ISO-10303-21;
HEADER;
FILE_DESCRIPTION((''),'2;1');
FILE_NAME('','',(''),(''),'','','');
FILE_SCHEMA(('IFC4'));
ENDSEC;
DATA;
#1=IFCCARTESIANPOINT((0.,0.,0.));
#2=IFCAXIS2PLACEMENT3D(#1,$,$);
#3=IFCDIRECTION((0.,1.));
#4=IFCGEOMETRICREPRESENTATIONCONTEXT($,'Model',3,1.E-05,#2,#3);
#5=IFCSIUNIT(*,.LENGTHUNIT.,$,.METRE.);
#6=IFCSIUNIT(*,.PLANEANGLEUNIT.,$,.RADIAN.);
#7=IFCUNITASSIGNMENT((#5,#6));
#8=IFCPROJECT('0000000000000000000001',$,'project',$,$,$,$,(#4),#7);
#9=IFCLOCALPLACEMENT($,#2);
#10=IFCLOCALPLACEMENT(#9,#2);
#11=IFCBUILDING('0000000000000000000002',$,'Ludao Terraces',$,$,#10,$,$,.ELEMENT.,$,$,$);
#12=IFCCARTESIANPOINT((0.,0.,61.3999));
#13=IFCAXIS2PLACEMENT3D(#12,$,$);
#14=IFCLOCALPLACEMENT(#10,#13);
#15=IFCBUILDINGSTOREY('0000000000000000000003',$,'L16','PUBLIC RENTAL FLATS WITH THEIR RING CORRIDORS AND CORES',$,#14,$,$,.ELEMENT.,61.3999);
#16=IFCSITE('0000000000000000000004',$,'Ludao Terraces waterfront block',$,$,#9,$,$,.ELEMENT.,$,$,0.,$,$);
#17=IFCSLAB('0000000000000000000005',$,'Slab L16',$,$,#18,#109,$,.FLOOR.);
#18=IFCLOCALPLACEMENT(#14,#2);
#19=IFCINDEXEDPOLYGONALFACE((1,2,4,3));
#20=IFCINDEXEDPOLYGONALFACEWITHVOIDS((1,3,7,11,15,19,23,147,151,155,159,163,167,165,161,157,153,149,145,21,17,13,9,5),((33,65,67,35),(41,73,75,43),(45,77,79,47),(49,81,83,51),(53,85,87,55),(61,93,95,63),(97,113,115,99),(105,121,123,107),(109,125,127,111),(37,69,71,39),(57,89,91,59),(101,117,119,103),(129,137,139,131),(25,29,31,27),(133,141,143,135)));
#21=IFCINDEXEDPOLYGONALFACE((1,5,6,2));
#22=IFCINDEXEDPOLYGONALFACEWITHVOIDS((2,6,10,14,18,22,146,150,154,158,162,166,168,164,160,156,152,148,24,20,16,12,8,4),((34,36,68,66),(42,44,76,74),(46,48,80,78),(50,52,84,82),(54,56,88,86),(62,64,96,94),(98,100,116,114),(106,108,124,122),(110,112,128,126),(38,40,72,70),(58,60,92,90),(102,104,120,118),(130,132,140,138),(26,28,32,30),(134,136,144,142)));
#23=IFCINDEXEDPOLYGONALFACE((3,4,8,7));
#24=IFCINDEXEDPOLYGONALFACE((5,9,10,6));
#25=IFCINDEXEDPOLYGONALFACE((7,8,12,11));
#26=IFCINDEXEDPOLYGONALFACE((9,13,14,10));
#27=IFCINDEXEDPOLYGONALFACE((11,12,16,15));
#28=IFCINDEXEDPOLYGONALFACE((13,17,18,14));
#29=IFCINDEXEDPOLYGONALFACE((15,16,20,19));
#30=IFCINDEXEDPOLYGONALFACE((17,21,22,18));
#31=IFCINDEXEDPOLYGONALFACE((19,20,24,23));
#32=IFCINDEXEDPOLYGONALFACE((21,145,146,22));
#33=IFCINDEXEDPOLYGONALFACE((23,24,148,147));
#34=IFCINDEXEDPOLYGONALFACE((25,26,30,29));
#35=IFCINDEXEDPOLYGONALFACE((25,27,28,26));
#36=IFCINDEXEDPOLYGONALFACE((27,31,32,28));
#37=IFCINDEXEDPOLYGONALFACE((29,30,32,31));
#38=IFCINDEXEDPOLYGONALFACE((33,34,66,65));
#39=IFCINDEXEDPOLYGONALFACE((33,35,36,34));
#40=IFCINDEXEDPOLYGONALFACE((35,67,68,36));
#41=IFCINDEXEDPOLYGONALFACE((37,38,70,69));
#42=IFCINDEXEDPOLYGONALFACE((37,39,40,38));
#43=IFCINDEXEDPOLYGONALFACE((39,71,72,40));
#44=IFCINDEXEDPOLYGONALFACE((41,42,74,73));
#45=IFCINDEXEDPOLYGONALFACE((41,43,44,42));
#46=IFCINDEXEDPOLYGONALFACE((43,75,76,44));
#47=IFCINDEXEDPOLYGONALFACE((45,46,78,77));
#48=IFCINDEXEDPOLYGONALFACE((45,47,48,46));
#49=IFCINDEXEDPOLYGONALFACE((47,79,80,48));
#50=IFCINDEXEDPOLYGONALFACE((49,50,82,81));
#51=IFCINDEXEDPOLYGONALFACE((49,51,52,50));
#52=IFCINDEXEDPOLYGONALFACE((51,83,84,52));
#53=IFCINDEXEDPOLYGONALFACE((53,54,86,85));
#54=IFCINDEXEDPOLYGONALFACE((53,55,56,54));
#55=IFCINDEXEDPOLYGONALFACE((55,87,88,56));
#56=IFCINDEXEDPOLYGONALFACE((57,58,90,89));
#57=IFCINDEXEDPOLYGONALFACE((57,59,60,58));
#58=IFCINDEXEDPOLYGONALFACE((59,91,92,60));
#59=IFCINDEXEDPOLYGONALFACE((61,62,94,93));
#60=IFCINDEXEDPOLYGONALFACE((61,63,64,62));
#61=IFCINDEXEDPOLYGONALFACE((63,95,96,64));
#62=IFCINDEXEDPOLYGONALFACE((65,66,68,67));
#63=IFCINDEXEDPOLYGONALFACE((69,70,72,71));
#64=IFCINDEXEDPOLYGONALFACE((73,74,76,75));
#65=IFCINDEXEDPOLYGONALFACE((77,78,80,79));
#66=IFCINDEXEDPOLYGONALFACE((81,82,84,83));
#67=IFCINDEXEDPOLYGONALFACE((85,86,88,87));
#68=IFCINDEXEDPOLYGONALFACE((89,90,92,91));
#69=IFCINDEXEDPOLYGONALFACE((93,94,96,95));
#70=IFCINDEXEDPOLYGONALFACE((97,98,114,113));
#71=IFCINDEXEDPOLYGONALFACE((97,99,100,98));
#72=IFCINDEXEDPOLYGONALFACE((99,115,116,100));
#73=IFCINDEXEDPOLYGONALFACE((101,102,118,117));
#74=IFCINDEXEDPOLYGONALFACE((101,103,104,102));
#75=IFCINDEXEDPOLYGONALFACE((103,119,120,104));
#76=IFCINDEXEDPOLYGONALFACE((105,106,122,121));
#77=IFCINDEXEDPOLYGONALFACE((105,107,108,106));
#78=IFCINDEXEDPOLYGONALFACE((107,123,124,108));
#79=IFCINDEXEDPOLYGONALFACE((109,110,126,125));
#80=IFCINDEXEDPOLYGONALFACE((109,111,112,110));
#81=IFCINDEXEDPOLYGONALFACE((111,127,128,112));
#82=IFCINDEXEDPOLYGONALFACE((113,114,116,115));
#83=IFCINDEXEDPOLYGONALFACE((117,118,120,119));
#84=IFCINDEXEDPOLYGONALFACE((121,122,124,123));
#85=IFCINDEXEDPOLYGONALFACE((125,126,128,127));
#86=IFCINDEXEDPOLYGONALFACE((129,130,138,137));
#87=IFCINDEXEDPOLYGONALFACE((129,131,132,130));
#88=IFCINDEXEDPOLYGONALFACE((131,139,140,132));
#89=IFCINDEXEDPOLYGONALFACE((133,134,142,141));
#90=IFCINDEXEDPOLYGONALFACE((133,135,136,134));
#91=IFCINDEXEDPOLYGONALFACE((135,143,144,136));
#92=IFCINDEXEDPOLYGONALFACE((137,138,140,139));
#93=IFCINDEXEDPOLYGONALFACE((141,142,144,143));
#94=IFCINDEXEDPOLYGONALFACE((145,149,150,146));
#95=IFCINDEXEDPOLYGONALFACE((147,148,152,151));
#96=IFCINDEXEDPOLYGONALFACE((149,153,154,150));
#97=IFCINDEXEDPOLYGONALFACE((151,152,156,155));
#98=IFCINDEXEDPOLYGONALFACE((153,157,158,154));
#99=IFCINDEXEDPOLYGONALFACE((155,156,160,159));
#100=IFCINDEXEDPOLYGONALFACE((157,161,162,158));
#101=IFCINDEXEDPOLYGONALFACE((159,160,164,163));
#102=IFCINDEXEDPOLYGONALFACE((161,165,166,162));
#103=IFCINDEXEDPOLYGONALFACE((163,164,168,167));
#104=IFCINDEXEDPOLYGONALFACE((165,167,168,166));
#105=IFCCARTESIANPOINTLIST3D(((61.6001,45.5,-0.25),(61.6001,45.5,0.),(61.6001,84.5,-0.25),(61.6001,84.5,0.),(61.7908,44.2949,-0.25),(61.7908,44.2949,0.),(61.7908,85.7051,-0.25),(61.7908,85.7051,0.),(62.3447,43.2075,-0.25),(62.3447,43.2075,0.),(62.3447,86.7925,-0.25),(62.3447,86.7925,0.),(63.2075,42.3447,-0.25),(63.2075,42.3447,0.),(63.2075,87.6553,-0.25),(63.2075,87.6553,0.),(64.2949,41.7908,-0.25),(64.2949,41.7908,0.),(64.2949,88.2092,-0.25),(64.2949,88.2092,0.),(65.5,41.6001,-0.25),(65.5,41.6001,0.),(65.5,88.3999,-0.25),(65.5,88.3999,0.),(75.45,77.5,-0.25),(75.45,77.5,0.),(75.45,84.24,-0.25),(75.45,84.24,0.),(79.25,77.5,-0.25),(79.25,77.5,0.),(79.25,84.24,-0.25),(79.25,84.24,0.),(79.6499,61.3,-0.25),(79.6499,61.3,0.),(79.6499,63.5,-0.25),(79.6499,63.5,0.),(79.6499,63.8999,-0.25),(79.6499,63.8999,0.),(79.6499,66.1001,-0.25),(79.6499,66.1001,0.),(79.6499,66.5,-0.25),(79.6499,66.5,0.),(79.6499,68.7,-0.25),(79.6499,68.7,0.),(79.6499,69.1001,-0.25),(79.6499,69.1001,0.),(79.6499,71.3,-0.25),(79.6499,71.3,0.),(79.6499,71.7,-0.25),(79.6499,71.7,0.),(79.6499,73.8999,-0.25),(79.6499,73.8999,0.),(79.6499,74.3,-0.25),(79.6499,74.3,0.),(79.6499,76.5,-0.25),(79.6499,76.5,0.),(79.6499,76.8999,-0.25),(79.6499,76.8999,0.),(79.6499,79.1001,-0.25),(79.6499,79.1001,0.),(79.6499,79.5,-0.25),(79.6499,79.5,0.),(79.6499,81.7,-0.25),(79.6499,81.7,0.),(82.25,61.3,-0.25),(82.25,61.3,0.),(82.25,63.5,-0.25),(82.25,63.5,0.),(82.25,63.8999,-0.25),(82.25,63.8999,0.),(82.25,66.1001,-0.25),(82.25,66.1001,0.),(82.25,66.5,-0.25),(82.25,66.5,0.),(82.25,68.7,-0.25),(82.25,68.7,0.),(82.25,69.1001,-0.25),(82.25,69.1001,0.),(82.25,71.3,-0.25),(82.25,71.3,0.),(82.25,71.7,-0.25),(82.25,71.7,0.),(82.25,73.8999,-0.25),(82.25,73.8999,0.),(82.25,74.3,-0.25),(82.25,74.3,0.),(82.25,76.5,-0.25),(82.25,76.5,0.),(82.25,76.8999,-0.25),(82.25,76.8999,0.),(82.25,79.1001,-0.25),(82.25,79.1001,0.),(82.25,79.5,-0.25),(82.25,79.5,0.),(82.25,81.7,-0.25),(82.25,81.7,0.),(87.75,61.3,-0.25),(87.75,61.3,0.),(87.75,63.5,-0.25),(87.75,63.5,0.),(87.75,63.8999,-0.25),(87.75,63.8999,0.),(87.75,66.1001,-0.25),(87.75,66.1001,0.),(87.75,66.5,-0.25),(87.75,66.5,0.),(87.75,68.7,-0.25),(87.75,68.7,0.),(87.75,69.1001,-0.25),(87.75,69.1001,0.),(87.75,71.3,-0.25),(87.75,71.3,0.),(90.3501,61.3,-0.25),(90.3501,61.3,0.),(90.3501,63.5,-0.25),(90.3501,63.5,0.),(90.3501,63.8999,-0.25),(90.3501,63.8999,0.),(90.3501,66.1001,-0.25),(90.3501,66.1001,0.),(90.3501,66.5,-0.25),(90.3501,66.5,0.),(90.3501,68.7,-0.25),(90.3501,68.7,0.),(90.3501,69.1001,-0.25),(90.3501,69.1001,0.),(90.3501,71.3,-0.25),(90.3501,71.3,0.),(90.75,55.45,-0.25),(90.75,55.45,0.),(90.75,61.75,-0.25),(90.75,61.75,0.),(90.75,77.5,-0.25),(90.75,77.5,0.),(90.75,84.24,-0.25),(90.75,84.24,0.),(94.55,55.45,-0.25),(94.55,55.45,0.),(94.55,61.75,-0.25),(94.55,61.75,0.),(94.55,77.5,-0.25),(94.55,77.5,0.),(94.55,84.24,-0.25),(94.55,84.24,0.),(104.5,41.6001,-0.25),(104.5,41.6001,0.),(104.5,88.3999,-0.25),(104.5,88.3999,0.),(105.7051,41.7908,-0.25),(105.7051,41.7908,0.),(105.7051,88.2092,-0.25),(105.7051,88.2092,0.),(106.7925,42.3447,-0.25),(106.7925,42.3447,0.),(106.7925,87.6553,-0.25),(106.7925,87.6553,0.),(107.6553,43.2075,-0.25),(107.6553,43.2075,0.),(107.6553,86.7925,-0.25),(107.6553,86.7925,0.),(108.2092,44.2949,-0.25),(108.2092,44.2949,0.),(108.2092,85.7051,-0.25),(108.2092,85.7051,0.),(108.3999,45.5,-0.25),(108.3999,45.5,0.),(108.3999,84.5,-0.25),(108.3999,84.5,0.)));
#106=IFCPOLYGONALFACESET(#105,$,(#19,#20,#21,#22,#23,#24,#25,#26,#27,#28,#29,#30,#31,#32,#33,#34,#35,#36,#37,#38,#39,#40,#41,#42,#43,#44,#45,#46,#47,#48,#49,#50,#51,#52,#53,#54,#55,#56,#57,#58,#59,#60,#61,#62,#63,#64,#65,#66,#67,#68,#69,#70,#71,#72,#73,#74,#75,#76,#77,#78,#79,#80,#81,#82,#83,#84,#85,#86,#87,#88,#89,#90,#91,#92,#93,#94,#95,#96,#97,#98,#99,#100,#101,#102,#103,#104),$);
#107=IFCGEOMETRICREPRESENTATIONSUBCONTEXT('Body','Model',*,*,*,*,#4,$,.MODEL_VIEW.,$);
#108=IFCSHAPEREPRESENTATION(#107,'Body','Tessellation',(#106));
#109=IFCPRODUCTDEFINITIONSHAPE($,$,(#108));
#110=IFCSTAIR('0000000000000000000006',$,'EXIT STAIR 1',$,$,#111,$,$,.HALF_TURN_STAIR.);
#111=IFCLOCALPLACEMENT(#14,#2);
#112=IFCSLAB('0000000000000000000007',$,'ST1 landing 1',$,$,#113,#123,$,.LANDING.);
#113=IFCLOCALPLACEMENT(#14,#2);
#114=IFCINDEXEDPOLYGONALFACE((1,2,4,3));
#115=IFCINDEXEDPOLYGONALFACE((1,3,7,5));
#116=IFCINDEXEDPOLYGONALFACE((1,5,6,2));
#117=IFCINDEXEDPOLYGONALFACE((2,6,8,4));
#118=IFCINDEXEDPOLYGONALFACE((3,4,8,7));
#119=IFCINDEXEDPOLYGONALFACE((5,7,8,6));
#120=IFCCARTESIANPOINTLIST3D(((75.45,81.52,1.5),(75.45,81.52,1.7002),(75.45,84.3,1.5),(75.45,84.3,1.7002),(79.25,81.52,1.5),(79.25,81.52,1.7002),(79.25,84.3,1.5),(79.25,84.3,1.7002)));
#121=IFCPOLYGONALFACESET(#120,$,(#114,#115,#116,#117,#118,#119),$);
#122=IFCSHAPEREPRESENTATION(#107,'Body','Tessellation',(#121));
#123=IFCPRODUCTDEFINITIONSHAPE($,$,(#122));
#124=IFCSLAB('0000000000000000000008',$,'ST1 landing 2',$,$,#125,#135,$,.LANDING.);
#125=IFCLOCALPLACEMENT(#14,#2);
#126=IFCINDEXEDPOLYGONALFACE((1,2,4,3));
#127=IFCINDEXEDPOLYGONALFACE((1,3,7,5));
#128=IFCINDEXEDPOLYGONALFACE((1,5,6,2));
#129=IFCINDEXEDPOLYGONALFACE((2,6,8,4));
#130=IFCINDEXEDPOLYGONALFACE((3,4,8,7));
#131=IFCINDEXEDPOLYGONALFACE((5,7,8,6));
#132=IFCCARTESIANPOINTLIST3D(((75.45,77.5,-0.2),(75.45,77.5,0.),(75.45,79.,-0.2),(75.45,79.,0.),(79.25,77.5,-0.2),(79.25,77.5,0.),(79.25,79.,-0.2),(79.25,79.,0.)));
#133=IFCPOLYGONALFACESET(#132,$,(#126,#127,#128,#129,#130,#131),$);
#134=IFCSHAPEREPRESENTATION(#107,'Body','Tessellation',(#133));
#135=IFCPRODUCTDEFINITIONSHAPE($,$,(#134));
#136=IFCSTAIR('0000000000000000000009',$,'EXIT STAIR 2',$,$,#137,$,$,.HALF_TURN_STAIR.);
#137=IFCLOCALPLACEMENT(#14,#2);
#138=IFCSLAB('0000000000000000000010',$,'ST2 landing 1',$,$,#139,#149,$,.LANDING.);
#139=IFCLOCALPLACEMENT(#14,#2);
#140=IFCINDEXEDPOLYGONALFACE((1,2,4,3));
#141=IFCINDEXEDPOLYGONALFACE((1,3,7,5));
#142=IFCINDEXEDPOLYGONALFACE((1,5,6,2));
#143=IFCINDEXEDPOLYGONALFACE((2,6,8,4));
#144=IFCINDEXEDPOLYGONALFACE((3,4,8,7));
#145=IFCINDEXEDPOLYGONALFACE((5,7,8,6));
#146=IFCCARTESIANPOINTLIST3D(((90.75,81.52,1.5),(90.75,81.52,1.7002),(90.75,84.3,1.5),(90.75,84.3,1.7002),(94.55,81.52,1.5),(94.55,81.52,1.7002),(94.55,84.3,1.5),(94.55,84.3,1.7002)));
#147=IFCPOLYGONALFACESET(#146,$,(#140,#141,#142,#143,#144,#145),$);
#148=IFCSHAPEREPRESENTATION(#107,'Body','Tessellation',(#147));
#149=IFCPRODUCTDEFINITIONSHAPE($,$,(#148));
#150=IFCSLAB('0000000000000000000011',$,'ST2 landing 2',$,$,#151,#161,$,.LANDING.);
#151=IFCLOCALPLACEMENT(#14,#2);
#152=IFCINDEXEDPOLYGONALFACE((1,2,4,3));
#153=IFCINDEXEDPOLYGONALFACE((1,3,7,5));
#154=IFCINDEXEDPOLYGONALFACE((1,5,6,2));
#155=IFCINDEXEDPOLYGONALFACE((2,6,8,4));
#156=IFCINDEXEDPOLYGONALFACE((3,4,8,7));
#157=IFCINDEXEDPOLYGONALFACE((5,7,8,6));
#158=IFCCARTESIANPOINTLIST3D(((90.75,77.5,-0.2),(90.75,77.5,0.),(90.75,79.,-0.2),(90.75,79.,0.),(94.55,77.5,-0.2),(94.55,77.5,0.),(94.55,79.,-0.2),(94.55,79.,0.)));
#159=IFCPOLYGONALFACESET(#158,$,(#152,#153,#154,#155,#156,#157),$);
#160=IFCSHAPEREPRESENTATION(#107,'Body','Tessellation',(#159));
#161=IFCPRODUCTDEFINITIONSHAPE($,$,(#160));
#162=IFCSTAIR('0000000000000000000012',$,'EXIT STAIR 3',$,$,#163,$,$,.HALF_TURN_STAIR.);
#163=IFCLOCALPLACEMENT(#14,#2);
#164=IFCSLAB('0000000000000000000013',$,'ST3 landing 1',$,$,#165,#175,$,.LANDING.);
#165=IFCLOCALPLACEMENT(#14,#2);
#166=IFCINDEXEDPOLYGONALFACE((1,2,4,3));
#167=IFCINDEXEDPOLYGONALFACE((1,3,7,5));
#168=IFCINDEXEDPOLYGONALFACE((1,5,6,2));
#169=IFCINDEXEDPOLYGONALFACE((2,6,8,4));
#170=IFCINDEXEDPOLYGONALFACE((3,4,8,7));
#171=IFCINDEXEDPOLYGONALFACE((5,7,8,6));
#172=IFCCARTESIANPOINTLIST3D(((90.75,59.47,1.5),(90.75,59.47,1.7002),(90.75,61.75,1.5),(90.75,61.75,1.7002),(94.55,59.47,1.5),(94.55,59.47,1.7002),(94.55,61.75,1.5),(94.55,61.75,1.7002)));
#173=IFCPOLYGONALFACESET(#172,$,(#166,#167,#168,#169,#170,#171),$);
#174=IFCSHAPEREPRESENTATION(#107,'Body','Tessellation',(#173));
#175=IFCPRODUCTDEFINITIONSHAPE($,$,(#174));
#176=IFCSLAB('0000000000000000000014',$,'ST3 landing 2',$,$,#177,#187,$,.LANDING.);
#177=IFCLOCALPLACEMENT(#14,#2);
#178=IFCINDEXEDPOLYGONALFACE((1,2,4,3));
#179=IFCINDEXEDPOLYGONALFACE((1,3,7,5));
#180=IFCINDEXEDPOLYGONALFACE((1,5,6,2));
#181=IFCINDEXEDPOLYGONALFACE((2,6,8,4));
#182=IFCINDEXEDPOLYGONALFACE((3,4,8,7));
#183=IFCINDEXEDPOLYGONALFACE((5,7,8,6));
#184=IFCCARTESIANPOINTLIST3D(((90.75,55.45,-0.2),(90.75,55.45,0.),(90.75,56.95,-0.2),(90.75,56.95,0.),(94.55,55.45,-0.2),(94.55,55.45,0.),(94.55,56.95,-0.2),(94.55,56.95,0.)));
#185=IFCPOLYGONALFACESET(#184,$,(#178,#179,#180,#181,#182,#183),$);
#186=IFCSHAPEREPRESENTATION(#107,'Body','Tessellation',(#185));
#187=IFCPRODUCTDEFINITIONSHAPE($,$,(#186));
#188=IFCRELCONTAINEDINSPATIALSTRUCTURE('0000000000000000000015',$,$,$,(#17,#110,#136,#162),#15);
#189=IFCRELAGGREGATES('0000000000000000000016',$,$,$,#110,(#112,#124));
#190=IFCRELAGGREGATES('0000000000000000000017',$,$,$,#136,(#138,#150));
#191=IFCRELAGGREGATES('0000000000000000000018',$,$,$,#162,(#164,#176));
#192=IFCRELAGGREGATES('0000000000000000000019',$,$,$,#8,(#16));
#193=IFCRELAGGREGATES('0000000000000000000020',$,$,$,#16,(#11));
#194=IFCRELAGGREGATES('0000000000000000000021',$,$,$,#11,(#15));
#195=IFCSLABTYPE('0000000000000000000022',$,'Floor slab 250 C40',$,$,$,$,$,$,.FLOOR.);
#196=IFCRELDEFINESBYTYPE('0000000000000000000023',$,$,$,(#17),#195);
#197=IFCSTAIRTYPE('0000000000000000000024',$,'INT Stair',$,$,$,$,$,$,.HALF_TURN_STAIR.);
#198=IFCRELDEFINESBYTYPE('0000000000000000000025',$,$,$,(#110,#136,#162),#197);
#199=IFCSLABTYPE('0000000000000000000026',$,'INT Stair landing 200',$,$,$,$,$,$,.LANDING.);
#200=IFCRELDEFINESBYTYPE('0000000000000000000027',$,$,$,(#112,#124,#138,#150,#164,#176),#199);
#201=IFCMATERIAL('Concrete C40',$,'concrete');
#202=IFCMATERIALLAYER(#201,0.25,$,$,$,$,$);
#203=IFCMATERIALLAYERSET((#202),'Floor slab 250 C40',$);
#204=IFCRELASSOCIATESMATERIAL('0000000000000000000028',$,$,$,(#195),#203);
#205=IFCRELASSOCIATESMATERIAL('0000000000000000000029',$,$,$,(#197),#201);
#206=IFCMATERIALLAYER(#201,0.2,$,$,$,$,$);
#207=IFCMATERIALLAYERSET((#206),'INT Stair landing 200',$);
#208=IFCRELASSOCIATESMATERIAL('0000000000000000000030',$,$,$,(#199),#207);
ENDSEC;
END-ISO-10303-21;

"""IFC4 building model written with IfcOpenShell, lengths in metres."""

from ifc_helpers import new_model, si_unit, direction, frame, origin, place, context, subcontext, project, spatial, polyline, outline, extrude, material, layer, layer_set, type_object, element, aggregate, save


model = new_model("IFC4")

# Units and contexts
model_context = context("Model", 3, precision=1e-05, world=origin(), true_north=direction((0.0, 1.0)))
body_context = subcontext(model_context, "Body", "Model", "MODEL_VIEW")
ifc_project = project(units=[si_unit("LENGTHUNIT", "METRE"), si_unit("PLANEANGLEUNIT", "RADIAN")], contexts=[model_context])

# Site, building, storey
site_placement = place(None, origin())
site = spatial("IfcSite", under=ifc_project, at=site_placement, Name="Ludao Terraces waterfront block", CompositionType="ELEMENT", RefElevation=0.0)
building_placement = place(site_placement, origin())
building = spatial("IfcBuilding", under=site, at=building_placement, Name="Ludao Terraces", CompositionType="ELEMENT")
storey_placement = place(building_placement, frame((0.0, 0.0, 61.3999)))
storey = spatial("IfcBuildingStorey", under=building, at=storey_placement, Name="L16", Description="PUBLIC RENTAL FLATS WITH THEIR RING CORRIDORS AND CORES", CompositionType="ELEMENT", Elevation=61.3999)

# Shared definitions
ifc_material_1 = material(Name="Concrete C40", Category="concrete")

# Slab
ifc_layer_1 = layer(ifc_material_1, 0.25)
ifc_layer_set_1 = layer_set([ifc_layer_1], Name="Floor slab 250 C40")
slab_type_1 = type_object("IfcSlabType", Name="Floor slab 250 C40", PredefinedType="FLOOR", material=ifc_layer_set_1)
slab_1_placement = place(storey_placement, frame((0.0, 0.0, -0.25)))
element("IfcSlab", 1, at=slab_1_placement, inside=storey, type_object=slab_type_1, Name="Slab L16", PredefinedType="FLOOR", context=body_context, shape_type="SweptSolid", body=[
    extrude(outline(polyline([(104.5, 41.6001), (105.7051, 41.7908), (106.7925, 42.3447), (107.6553, 43.2075), (108.2092, 44.2949), (108.3999, 45.5), (108.3999, 84.5), (108.2092, 85.7051), (107.6553, 86.7925), (106.7925, 87.6553), (105.7051, 88.2092), (104.5, 88.3999), (65.5, 88.3999), (64.2949, 88.2092), (63.2075, 87.6553), (62.3447, 86.7925), (61.7908, 85.7051), (61.6001, 84.5), (61.6001, 45.5), (61.7908, 44.2949), (62.3447, 43.2075), (63.2075, 42.3447), (64.2949, 41.7908), (65.5, 41.6001), (104.5, 41.6001)]), holes=[polyline([(79.6499, 61.3), (82.25, 61.3), (82.25, 63.5), (79.6499, 63.5), (79.6499, 61.3)]), polyline([(79.6499, 63.8999), (82.25, 63.8999), (82.25, 66.1001), (79.6499, 66.1001), (79.6499, 63.8999)]), polyline([(79.6499, 66.5), (82.25, 66.5), (82.25, 68.7), (79.6499, 68.7), (79.6499, 66.5)]), polyline([(79.6499, 69.1001), (82.25, 69.1001), (82.25, 71.3), (79.6499, 71.3), (79.6499, 69.1001)]), polyline([(79.6499, 71.7), (82.25, 71.7), (82.25, 73.8999), (79.6499, 73.8999), (79.6499, 71.7)]), polyline([(79.6499, 74.3), (82.25, 74.3), (82.25, 76.5), (79.6499, 76.5), (79.6499, 74.3)]), polyline([(79.6499, 76.8999), (82.25, 76.8999), (82.25, 79.1001), (79.6499, 79.1001), (79.6499, 76.8999)]), polyline([(79.6499, 79.5), (82.25, 79.5), (82.25, 81.7), (79.6499, 81.7), (79.6499, 79.5)]), polyline([(87.75, 61.3), (90.3501, 61.3), (90.3501, 63.5), (87.75, 63.5), (87.75, 61.3)]), polyline([(87.75, 63.8999), (90.3501, 63.8999), (90.3501, 66.1001), (87.75, 66.1001), (87.75, 63.8999)]), polyline([(87.75, 66.5), (90.3501, 66.5), (90.3501, 68.7), (87.75, 68.7), (87.75, 66.5)]), polyline([(87.75, 69.1001), (90.3501, 69.1001), (90.3501, 71.3), (87.75, 71.3), (87.75, 69.1001)]), polyline([(75.45, 77.5), (79.25, 77.5), (79.25, 84.24), (75.45, 84.24), (75.45, 77.5)]), polyline([(90.75, 77.5), (94.55, 77.5), (94.55, 84.24), (90.75, 84.24), (90.75, 77.5)]), polyline([(90.75, 55.45), (94.55, 55.45), (94.55, 61.75), (90.75, 61.75), (90.75, 55.45)])]), origin(), (0.0, 0.0, 1.0), 0.25),
])

# Stairs, slabs
stair_type = type_object("IfcStairType", Name="INT Stair", PredefinedType="HALF_TURN_STAIR", material=ifc_material_1)
stair_1_placement = place(storey_placement, origin())
stair_1 = element("IfcStair", 2, at=stair_1_placement, inside=storey, type_object=stair_type, Name="EXIT STAIR 1", PredefinedType="HALF_TURN_STAIR")
ifc_layer_2 = layer(ifc_material_1, 0.2)
ifc_layer_set_2 = layer_set([ifc_layer_2], Name="INT Stair landing 200")
slab_type_2 = type_object("IfcSlabType", Name="INT Stair landing 200", PredefinedType="LANDING", material=ifc_layer_set_2)
slab_2_placement = place(storey_placement, frame((0.0, 0.0, 1.5)))
slab_2 = element("IfcSlab", 3, at=slab_2_placement, type_object=slab_type_2, Name="ST1 landing 1", PredefinedType="LANDING", context=body_context, shape_type="SweptSolid", body=[
    extrude(outline(polyline([(75.45, 81.52), (79.25, 81.52), (79.25, 84.3), (75.45, 84.3), (75.45, 81.52)])), origin(), (0.0, 0.0, 1.0), 0.2002),
])
slab_3_placement = place(storey_placement, frame((0.0, 0.0, -0.2)))
slab_3 = element("IfcSlab", 4, at=slab_3_placement, type_object=slab_type_2, Name="ST1 landing 2", PredefinedType="LANDING", context=body_context, shape_type="SweptSolid", body=[
    extrude(outline(polyline([(75.45, 77.5), (79.25, 77.5), (79.25, 79.0), (75.45, 79.0), (75.45, 77.5)])), origin(), (0.0, 0.0, 1.0), 0.2),
])
aggregate(stair_1, [slab_2, slab_3])
stair_2_placement = place(storey_placement, origin())
stair_2 = element("IfcStair", 5, at=stair_2_placement, inside=storey, type_object=stair_type, Name="EXIT STAIR 2", PredefinedType="HALF_TURN_STAIR")
slab_4_placement = place(storey_placement, frame((0.0, 0.0, 1.5)))
slab_4 = element("IfcSlab", 6, at=slab_4_placement, type_object=slab_type_2, Name="ST2 landing 1", PredefinedType="LANDING", context=body_context, shape_type="SweptSolid", body=[
    extrude(outline(polyline([(90.75, 81.52), (94.55, 81.52), (94.55, 84.3), (90.75, 84.3), (90.75, 81.52)])), origin(), (0.0, 0.0, 1.0), 0.2002),
])
slab_5_placement = place(storey_placement, frame((0.0, 0.0, -0.2)))
slab_5 = element("IfcSlab", 7, at=slab_5_placement, type_object=slab_type_2, Name="ST2 landing 2", PredefinedType="LANDING", context=body_context, shape_type="SweptSolid", body=[
    extrude(outline(polyline([(90.75, 77.5), (94.55, 77.5), (94.55, 79.0), (90.75, 79.0), (90.75, 77.5)])), origin(), (0.0, 0.0, 1.0), 0.2),
])
aggregate(stair_2, [slab_4, slab_5])
stair_3_placement = place(storey_placement, origin())
stair_3 = element("IfcStair", 8, at=stair_3_placement, inside=storey, type_object=stair_type, Name="EXIT STAIR 3", PredefinedType="HALF_TURN_STAIR")
slab_6_placement = place(storey_placement, frame((0.0, 0.0, 1.5)))
slab_6 = element("IfcSlab", 9, at=slab_6_placement, type_object=slab_type_2, Name="ST3 landing 1", PredefinedType="LANDING", context=body_context, shape_type="SweptSolid", body=[
    extrude(outline(polyline([(90.75, 59.47), (94.55, 59.47), (94.55, 61.75), (90.75, 61.75), (90.75, 59.47)])), origin(), (0.0, 0.0, 1.0), 0.2002),
])
slab_7_placement = place(storey_placement, frame((0.0, 0.0, -0.2)))
slab_7 = element("IfcSlab", 10, at=slab_7_placement, type_object=slab_type_2, Name="ST3 landing 2", PredefinedType="LANDING", context=body_context, shape_type="SweptSolid", body=[
    extrude(outline(polyline([(90.75, 55.45), (94.55, 55.45), (94.55, 56.95), (90.75, 56.95), (90.75, 55.45)])), origin(), (0.0, 0.0, 1.0), 0.2),
])
aggregate(stair_3, [slab_6, slab_7])

save(model, "model.ifc")
